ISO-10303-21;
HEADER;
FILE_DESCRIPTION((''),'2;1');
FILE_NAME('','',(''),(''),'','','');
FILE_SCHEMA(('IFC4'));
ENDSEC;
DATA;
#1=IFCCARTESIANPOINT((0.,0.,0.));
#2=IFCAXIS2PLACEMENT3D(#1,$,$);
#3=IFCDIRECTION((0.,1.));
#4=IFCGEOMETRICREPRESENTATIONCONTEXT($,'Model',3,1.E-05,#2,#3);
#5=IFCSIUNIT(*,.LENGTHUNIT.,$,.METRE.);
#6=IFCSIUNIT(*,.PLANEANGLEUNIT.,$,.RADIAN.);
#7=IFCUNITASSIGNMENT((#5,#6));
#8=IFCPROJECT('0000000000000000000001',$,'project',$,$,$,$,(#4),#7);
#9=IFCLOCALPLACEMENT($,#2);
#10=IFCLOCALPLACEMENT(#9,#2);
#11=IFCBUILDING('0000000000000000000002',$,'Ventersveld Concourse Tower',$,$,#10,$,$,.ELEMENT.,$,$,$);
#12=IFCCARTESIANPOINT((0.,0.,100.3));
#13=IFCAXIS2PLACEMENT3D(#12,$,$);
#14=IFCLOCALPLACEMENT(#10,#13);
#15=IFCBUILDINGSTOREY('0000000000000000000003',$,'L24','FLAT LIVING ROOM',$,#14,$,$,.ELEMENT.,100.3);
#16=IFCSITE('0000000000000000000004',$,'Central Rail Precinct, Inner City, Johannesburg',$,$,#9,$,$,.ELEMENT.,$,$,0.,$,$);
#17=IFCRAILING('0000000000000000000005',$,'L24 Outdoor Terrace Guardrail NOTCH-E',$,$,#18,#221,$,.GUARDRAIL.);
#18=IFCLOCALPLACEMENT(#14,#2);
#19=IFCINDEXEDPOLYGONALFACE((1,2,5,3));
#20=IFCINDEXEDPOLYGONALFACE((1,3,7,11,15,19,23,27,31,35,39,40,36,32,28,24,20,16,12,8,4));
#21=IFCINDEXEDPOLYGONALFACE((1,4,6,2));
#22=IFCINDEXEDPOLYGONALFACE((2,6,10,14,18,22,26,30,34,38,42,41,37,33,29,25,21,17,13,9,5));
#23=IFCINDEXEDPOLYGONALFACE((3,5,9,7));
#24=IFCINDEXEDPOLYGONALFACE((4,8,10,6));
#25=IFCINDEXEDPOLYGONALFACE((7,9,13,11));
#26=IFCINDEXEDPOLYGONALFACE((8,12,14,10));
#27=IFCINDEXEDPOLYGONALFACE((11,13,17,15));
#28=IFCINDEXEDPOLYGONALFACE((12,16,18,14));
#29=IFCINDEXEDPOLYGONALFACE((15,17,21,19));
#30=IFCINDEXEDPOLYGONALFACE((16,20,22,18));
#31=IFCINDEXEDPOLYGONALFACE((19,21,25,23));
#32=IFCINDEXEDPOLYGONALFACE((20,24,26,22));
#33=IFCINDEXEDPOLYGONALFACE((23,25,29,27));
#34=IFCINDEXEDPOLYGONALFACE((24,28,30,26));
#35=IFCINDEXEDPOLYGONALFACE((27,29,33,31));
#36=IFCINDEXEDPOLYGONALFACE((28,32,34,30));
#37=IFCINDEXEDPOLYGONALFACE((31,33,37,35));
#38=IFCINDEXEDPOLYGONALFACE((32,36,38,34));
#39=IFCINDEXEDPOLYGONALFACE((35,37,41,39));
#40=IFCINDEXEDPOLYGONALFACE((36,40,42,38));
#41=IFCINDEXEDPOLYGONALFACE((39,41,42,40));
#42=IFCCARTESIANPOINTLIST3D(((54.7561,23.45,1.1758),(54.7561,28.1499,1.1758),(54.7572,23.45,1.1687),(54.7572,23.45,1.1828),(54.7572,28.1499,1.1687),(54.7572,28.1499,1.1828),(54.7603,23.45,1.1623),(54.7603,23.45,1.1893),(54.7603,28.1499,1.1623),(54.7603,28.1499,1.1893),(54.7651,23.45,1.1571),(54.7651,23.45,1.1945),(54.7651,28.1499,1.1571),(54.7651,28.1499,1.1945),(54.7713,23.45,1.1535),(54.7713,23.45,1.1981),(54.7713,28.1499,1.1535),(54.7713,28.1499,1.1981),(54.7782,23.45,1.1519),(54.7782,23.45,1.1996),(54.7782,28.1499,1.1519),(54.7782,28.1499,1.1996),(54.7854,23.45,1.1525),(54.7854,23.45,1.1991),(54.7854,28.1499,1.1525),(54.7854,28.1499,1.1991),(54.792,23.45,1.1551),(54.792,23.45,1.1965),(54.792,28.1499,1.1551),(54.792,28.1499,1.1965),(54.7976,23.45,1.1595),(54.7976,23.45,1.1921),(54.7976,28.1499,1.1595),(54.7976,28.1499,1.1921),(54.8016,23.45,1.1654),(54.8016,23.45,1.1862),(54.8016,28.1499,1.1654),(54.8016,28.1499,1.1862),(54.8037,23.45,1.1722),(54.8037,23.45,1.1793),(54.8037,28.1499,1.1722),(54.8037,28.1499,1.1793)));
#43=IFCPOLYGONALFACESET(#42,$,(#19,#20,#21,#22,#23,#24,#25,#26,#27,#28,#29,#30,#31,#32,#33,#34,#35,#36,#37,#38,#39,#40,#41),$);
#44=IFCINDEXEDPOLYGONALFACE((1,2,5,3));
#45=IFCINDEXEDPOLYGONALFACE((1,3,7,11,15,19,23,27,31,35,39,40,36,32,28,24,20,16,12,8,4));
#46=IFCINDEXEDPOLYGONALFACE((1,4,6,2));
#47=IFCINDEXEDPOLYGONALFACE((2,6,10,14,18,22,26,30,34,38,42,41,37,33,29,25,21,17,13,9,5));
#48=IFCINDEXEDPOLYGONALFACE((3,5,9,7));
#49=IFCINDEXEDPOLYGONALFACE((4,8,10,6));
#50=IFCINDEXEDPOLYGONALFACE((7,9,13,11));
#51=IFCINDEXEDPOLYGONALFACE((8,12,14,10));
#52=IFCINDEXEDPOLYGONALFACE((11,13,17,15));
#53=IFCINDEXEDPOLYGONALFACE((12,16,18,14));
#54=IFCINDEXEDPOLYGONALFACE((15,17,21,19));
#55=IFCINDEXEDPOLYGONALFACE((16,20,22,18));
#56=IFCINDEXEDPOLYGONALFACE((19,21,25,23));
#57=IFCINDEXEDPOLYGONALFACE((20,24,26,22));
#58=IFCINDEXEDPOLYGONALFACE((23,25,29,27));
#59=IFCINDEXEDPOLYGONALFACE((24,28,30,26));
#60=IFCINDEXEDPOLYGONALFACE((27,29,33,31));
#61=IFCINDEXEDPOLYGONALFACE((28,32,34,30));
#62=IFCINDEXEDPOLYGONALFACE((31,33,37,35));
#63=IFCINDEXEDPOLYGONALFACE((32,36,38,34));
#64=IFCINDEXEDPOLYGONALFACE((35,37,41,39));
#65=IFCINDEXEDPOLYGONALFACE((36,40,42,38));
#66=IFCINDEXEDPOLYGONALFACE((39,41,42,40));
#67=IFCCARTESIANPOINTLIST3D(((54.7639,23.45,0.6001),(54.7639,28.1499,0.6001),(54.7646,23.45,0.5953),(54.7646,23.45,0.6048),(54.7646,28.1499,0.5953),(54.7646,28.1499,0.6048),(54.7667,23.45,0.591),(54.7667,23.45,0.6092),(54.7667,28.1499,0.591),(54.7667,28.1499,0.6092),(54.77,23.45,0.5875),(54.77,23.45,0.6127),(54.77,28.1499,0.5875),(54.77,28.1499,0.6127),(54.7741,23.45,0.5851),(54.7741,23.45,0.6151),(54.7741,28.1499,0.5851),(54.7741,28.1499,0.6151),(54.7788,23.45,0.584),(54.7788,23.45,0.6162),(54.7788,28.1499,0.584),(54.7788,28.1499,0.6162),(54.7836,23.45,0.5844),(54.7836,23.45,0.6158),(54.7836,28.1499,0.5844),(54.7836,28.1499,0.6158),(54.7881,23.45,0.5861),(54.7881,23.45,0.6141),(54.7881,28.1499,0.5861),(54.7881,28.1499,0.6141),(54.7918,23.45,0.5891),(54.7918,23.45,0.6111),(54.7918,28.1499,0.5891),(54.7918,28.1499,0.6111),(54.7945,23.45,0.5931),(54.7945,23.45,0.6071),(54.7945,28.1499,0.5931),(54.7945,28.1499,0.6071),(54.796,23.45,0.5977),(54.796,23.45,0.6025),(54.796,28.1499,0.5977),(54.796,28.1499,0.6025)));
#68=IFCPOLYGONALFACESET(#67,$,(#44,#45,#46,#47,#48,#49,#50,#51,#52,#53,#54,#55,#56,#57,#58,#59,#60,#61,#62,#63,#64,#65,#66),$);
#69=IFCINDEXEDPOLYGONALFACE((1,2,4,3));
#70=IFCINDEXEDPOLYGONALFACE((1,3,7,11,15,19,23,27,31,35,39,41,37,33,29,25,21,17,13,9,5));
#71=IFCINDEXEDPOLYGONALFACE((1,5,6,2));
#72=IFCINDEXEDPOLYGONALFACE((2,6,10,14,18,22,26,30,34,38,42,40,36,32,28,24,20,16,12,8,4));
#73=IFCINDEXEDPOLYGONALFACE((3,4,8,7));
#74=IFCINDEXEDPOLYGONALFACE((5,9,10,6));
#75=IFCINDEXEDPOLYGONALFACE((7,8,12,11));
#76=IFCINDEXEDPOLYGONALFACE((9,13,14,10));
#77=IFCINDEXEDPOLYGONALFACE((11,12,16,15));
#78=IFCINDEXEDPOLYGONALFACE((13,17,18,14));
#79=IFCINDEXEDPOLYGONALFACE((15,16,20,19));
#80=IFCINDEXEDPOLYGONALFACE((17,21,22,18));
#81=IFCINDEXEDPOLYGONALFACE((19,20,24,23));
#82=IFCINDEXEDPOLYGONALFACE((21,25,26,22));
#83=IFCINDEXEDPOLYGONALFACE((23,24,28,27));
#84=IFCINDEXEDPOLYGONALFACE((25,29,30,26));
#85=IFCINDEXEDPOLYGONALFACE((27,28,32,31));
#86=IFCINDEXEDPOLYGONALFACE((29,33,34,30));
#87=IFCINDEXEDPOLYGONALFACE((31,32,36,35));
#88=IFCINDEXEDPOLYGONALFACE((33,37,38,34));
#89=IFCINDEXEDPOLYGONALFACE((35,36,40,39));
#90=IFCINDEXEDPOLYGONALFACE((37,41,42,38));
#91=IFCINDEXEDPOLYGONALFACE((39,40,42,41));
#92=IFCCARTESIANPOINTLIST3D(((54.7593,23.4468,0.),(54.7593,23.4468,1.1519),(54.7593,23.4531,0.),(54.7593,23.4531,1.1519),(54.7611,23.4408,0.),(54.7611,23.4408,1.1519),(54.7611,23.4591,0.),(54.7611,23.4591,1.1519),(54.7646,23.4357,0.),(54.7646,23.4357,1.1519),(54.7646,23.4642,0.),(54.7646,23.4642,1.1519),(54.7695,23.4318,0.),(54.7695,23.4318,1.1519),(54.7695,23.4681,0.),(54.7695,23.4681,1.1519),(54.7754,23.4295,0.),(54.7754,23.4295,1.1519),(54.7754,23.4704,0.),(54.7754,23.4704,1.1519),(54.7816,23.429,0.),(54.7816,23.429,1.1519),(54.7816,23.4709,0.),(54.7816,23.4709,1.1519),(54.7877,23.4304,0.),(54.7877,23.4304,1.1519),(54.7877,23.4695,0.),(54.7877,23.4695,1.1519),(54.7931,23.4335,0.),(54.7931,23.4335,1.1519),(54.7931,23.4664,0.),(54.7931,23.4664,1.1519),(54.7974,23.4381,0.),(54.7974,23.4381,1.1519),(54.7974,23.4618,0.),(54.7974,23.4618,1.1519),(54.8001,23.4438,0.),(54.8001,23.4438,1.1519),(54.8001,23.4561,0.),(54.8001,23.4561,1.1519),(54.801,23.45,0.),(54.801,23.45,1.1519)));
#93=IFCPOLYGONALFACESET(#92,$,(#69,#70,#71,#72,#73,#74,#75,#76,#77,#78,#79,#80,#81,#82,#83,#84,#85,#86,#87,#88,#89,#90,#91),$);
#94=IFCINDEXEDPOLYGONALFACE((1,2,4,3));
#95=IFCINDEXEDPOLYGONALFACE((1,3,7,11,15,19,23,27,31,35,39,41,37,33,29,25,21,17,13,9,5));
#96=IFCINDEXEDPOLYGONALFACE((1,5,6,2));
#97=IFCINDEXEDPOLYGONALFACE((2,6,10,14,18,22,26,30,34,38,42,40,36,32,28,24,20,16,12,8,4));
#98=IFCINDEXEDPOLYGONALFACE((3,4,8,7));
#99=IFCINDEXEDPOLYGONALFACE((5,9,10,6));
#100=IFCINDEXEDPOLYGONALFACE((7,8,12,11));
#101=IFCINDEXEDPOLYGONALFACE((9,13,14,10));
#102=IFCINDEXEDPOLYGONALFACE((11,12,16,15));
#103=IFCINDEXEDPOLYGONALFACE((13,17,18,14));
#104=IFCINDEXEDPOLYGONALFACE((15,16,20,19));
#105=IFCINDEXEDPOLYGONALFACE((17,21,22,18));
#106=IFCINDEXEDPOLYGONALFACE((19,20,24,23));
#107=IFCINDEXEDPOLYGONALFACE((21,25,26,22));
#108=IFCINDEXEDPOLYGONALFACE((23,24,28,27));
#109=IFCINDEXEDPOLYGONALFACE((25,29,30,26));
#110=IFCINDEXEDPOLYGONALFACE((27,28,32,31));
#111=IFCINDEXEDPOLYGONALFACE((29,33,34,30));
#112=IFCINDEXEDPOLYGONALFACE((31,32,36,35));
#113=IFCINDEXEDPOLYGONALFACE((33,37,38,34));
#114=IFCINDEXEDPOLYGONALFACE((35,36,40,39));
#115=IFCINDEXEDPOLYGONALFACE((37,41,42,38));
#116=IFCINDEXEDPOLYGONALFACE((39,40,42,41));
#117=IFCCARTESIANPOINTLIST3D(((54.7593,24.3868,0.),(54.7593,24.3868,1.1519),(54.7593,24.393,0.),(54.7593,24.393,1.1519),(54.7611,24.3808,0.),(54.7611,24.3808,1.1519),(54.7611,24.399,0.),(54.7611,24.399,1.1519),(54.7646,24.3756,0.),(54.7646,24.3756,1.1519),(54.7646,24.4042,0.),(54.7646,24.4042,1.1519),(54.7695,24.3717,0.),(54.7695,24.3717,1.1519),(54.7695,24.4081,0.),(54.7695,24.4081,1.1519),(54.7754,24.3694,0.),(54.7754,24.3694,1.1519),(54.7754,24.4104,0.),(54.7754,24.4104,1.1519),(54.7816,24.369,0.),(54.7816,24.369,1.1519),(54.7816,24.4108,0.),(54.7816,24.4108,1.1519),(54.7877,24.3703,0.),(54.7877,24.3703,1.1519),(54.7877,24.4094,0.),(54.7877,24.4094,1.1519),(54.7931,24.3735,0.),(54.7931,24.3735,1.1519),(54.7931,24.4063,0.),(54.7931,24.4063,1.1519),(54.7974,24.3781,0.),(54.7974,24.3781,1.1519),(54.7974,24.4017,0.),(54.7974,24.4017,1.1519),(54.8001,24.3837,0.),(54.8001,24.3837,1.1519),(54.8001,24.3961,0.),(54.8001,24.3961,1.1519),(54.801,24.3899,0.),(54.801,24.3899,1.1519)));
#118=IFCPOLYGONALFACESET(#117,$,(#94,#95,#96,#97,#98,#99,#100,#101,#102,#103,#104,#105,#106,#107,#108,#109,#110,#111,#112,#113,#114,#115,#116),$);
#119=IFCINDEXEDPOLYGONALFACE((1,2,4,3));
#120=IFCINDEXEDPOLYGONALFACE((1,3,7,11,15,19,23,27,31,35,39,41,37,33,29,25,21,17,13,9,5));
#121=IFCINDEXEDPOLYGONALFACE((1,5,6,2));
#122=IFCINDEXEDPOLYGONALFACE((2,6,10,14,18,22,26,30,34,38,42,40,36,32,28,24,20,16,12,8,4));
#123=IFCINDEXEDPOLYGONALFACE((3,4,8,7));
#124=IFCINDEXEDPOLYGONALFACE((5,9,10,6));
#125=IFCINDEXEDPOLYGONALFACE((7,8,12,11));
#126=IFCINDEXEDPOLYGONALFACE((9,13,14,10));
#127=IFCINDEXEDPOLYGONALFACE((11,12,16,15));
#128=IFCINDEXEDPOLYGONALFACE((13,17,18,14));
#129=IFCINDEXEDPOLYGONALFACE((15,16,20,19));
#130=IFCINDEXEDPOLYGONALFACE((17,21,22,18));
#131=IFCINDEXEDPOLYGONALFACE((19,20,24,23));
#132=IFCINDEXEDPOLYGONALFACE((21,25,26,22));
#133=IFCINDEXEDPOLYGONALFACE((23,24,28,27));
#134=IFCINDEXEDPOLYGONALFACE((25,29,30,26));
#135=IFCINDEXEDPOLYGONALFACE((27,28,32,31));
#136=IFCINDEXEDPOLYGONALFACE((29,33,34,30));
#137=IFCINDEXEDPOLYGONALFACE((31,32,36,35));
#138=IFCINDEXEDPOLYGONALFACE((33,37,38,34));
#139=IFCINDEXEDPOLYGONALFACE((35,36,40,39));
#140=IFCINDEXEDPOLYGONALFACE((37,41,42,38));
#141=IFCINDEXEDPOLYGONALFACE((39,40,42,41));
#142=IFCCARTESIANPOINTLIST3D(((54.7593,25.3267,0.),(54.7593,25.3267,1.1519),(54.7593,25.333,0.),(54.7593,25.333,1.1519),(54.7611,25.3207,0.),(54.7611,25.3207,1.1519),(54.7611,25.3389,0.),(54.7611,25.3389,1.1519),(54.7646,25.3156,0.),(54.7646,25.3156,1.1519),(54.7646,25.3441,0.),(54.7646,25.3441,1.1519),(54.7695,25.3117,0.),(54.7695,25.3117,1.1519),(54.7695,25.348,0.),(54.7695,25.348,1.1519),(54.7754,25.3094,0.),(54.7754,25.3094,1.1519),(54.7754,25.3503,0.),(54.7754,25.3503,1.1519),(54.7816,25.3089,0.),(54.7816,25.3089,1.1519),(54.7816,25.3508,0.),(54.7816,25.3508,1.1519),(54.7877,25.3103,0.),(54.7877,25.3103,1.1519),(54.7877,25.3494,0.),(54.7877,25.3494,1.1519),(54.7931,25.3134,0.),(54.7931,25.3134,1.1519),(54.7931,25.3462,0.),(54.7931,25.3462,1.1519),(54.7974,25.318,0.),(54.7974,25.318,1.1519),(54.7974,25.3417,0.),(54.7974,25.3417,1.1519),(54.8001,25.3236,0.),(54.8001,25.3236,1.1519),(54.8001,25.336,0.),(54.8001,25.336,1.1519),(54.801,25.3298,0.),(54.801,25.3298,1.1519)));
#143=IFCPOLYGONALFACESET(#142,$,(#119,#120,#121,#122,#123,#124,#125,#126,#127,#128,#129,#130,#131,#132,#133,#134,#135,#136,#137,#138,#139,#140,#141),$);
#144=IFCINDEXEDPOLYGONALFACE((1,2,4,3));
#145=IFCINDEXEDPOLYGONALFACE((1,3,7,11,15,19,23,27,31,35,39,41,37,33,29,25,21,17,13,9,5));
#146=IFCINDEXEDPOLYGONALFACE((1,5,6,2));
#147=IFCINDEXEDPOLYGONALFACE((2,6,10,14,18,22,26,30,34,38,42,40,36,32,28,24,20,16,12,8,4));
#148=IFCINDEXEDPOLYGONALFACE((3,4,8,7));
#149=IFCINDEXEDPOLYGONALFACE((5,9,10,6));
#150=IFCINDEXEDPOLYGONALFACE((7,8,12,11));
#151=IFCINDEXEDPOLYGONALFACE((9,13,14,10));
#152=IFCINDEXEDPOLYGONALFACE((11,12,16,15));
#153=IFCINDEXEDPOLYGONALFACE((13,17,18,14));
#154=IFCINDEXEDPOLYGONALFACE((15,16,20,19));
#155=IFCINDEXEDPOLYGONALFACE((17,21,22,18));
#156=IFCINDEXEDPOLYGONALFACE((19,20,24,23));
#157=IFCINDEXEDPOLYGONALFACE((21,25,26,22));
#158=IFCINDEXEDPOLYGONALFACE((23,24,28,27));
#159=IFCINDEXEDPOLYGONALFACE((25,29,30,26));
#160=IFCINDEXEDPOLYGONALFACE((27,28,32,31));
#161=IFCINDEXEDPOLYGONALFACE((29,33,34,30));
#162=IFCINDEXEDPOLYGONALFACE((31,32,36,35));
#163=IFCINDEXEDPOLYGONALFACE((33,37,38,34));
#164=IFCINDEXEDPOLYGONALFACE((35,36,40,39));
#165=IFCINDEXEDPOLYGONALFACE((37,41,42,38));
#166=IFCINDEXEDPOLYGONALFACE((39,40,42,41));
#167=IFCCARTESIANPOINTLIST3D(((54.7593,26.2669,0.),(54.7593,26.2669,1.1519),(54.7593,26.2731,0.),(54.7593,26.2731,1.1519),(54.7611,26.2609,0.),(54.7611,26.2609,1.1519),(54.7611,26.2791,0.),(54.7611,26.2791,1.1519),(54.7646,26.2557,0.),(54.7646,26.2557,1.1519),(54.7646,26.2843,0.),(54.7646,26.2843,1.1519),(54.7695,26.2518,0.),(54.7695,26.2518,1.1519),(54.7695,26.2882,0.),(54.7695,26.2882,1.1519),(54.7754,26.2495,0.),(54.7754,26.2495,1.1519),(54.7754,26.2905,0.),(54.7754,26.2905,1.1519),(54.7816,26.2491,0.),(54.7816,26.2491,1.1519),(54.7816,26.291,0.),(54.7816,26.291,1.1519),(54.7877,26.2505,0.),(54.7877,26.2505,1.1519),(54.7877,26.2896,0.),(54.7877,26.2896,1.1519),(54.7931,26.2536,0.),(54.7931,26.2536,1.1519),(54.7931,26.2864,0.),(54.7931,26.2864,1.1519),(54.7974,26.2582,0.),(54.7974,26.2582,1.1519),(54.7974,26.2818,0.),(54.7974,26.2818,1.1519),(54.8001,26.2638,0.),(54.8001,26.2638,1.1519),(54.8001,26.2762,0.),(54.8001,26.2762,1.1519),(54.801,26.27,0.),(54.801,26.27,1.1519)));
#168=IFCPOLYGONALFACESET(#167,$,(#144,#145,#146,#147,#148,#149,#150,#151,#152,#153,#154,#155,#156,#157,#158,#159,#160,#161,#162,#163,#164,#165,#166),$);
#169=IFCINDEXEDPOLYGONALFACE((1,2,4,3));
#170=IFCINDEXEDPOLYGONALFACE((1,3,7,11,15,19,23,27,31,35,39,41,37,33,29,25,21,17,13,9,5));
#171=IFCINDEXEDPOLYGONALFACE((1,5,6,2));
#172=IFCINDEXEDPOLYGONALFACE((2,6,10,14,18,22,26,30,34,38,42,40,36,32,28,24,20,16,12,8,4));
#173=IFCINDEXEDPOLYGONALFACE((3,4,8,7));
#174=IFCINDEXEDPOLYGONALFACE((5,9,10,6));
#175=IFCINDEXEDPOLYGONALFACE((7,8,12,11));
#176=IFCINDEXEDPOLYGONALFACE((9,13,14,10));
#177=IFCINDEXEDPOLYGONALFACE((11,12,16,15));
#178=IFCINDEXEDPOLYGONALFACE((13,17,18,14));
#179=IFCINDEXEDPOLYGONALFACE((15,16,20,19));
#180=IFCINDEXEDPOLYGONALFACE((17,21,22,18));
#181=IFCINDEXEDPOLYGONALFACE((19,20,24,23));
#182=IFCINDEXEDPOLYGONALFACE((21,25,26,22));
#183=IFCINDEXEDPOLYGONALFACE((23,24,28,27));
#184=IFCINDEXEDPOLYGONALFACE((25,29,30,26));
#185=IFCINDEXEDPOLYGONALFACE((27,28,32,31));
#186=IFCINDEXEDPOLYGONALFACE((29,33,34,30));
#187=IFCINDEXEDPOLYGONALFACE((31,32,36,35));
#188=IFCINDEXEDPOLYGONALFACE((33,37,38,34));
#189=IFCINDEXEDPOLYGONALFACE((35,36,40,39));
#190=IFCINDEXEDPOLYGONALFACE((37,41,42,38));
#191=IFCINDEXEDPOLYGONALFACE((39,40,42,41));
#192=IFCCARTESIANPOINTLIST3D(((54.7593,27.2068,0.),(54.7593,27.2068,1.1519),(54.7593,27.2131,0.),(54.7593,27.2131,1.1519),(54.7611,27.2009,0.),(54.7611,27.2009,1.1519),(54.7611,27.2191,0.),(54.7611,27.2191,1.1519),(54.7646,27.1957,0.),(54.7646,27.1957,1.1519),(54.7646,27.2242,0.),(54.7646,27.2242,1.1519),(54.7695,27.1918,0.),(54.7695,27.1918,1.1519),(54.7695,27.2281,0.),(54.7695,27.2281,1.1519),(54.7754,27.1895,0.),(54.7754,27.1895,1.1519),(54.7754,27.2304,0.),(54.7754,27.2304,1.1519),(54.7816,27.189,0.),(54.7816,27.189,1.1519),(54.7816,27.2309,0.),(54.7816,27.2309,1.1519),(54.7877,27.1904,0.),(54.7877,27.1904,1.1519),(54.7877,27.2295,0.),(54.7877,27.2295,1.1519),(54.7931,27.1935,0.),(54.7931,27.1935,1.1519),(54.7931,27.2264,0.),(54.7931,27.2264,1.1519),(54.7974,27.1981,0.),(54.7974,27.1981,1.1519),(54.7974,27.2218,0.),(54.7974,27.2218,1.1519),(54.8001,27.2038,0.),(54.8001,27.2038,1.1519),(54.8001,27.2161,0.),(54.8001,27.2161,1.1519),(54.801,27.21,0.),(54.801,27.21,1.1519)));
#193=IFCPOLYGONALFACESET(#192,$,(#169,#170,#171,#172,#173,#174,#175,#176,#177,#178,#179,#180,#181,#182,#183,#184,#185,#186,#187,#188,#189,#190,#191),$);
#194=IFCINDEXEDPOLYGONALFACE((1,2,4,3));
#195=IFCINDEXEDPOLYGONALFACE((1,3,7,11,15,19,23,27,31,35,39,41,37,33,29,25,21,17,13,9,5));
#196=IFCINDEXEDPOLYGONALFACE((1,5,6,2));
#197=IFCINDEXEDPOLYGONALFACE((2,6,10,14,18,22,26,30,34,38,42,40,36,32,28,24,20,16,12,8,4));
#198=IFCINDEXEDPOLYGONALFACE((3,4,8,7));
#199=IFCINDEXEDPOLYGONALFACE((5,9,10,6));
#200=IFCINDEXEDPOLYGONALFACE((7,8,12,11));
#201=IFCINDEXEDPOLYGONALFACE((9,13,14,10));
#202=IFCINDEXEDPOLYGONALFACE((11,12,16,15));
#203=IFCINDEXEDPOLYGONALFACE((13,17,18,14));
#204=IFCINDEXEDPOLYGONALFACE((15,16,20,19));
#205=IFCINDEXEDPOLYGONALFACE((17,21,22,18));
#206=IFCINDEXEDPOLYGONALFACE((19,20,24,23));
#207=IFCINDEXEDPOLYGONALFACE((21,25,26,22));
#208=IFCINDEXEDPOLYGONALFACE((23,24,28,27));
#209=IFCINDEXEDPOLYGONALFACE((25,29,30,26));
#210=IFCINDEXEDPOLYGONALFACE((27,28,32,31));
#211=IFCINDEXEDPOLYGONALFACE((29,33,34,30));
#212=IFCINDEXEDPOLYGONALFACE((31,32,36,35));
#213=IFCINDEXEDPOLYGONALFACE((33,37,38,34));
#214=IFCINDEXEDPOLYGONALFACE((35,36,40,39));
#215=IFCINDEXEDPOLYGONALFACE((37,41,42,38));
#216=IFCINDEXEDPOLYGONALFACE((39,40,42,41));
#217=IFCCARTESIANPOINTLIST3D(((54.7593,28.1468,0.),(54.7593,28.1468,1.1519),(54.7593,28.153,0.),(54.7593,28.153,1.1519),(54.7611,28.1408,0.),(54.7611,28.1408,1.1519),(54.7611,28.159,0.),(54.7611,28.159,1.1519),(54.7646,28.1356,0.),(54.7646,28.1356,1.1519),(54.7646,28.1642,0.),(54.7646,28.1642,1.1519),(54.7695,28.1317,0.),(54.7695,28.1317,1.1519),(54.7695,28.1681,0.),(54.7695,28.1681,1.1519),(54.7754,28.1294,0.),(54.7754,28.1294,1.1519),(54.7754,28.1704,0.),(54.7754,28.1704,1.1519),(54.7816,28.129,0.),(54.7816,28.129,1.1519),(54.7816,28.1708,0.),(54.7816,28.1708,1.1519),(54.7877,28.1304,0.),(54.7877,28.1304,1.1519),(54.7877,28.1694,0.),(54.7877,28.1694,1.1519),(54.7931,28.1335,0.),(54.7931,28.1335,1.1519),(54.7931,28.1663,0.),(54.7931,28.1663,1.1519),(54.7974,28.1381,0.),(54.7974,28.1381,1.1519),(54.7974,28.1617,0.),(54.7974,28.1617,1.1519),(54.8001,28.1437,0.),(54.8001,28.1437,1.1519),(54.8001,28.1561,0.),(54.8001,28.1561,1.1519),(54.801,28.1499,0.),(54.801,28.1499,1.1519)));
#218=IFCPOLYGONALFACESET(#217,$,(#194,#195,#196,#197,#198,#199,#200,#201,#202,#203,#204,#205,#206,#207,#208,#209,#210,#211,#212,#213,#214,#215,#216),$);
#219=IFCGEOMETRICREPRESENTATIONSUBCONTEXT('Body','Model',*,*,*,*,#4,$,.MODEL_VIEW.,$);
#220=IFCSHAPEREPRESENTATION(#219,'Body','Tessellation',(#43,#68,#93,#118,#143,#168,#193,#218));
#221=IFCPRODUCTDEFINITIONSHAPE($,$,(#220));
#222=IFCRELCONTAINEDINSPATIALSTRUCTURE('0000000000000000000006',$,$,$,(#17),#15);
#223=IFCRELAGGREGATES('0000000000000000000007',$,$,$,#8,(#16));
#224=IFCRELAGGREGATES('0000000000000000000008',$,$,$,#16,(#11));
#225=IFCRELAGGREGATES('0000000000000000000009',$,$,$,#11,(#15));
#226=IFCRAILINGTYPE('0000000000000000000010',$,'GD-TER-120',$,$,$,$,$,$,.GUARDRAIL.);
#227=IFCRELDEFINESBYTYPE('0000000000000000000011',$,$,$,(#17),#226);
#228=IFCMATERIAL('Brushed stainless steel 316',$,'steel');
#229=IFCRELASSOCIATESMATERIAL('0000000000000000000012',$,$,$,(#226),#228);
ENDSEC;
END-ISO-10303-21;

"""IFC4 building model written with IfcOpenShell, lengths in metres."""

from ifc_helpers import new_model, si_unit, direction, frame, origin, origin_2d, place, context, subcontext, project, spatial, circle, extrude, material, type_object, element, save


model = new_model("IFC4")

# Units and contexts
model_context = context("Model", 3, precision=1e-05, world=origin(), true_north=direction((0.0, 1.0)))
body_context = subcontext(model_context, "Body", "Model", "MODEL_VIEW")
ifc_project = project(units=[si_unit("LENGTHUNIT", "METRE"), si_unit("PLANEANGLEUNIT", "RADIAN")], contexts=[model_context])

# Site, building, storey
site_placement = place(None, origin())
site = spatial("IfcSite", under=ifc_project, at=site_placement, Name="Central Rail Precinct, Inner City, Johannesburg", CompositionType="ELEMENT", RefElevation=0.0)
building_placement = place(site_placement, origin())
building = spatial("IfcBuilding", under=site, at=building_placement, Name="Ventersveld Concourse Tower", CompositionType="ELEMENT")
storey_placement = place(building_placement, frame((0.0, 0.0, 100.3)))
storey = spatial("IfcBuildingStorey", under=building, at=storey_placement, Name="L24", Description="FLAT LIVING ROOM", CompositionType="ELEMENT", Elevation=100.3)

# Railing
ifc_material_1 = material(Name="Brushed stainless steel 316", Category="steel")
railing_type = type_object("IfcRailingType", Name="GD-TER-120", PredefinedType="GUARDRAIL", material=ifc_material_1)
railing_placement = place(storey_placement, frame((54.78, 23.45, 0.0)))
element("IfcRailing", 1, at=railing_placement, inside=storey, type_object=railing_type, Name="L24 Outdoor Terrace Guardrail NOTCH-E", PredefinedType="GUARDRAIL", context=body_context, shape_type="SweptSolid", body=[
    extrude(circle(Radius=0.0239, at=origin_2d()), frame((0.0, 0.0, 1.1758), z_axis=(0.0, 1.0, 0.0), x_axis=(-1.0, 0.0, 0.0)), (0.0, 0.0, 1.0), 4.7),
    extrude(circle(Radius=0.0161, at=origin_2d()), frame((0.0, 0.0, 0.6001), z_axis=(0.0, 1.0, 0.0), x_axis=(-1.0, 0.0, 0.0)), (0.0, 0.0, 1.0), 4.7),
    extrude(circle(Radius=0.021, at=origin_2d()), origin(), (0.0, 0.0, 1.0), 1.1519),
    extrude(circle(Radius=0.021, at=origin_2d()), frame((0.0, 0.9399, 0.0)), (0.0, 0.0, 1.0), 1.1519),
    extrude(circle(Radius=0.021, at=origin_2d()), frame((0.0, 1.8799, 0.0)), (0.0, 0.0, 1.0), 1.1519),
    extrude(circle(Radius=0.021, at=origin_2d()), frame((0.0, 2.8201, 0.0)), (0.0, 0.0, 1.0), 1.1519),
    extrude(circle(Radius=0.021, at=origin_2d()), frame((0.0, 3.76, 0.0)), (0.0, 0.0, 1.0), 1.1519),
    extrude(circle(Radius=0.021, at=origin_2d()), frame((0.0, 4.7, 0.0)), (0.0, 0.0, 1.0), 1.1519),
])

save(model, "model.ifc")
